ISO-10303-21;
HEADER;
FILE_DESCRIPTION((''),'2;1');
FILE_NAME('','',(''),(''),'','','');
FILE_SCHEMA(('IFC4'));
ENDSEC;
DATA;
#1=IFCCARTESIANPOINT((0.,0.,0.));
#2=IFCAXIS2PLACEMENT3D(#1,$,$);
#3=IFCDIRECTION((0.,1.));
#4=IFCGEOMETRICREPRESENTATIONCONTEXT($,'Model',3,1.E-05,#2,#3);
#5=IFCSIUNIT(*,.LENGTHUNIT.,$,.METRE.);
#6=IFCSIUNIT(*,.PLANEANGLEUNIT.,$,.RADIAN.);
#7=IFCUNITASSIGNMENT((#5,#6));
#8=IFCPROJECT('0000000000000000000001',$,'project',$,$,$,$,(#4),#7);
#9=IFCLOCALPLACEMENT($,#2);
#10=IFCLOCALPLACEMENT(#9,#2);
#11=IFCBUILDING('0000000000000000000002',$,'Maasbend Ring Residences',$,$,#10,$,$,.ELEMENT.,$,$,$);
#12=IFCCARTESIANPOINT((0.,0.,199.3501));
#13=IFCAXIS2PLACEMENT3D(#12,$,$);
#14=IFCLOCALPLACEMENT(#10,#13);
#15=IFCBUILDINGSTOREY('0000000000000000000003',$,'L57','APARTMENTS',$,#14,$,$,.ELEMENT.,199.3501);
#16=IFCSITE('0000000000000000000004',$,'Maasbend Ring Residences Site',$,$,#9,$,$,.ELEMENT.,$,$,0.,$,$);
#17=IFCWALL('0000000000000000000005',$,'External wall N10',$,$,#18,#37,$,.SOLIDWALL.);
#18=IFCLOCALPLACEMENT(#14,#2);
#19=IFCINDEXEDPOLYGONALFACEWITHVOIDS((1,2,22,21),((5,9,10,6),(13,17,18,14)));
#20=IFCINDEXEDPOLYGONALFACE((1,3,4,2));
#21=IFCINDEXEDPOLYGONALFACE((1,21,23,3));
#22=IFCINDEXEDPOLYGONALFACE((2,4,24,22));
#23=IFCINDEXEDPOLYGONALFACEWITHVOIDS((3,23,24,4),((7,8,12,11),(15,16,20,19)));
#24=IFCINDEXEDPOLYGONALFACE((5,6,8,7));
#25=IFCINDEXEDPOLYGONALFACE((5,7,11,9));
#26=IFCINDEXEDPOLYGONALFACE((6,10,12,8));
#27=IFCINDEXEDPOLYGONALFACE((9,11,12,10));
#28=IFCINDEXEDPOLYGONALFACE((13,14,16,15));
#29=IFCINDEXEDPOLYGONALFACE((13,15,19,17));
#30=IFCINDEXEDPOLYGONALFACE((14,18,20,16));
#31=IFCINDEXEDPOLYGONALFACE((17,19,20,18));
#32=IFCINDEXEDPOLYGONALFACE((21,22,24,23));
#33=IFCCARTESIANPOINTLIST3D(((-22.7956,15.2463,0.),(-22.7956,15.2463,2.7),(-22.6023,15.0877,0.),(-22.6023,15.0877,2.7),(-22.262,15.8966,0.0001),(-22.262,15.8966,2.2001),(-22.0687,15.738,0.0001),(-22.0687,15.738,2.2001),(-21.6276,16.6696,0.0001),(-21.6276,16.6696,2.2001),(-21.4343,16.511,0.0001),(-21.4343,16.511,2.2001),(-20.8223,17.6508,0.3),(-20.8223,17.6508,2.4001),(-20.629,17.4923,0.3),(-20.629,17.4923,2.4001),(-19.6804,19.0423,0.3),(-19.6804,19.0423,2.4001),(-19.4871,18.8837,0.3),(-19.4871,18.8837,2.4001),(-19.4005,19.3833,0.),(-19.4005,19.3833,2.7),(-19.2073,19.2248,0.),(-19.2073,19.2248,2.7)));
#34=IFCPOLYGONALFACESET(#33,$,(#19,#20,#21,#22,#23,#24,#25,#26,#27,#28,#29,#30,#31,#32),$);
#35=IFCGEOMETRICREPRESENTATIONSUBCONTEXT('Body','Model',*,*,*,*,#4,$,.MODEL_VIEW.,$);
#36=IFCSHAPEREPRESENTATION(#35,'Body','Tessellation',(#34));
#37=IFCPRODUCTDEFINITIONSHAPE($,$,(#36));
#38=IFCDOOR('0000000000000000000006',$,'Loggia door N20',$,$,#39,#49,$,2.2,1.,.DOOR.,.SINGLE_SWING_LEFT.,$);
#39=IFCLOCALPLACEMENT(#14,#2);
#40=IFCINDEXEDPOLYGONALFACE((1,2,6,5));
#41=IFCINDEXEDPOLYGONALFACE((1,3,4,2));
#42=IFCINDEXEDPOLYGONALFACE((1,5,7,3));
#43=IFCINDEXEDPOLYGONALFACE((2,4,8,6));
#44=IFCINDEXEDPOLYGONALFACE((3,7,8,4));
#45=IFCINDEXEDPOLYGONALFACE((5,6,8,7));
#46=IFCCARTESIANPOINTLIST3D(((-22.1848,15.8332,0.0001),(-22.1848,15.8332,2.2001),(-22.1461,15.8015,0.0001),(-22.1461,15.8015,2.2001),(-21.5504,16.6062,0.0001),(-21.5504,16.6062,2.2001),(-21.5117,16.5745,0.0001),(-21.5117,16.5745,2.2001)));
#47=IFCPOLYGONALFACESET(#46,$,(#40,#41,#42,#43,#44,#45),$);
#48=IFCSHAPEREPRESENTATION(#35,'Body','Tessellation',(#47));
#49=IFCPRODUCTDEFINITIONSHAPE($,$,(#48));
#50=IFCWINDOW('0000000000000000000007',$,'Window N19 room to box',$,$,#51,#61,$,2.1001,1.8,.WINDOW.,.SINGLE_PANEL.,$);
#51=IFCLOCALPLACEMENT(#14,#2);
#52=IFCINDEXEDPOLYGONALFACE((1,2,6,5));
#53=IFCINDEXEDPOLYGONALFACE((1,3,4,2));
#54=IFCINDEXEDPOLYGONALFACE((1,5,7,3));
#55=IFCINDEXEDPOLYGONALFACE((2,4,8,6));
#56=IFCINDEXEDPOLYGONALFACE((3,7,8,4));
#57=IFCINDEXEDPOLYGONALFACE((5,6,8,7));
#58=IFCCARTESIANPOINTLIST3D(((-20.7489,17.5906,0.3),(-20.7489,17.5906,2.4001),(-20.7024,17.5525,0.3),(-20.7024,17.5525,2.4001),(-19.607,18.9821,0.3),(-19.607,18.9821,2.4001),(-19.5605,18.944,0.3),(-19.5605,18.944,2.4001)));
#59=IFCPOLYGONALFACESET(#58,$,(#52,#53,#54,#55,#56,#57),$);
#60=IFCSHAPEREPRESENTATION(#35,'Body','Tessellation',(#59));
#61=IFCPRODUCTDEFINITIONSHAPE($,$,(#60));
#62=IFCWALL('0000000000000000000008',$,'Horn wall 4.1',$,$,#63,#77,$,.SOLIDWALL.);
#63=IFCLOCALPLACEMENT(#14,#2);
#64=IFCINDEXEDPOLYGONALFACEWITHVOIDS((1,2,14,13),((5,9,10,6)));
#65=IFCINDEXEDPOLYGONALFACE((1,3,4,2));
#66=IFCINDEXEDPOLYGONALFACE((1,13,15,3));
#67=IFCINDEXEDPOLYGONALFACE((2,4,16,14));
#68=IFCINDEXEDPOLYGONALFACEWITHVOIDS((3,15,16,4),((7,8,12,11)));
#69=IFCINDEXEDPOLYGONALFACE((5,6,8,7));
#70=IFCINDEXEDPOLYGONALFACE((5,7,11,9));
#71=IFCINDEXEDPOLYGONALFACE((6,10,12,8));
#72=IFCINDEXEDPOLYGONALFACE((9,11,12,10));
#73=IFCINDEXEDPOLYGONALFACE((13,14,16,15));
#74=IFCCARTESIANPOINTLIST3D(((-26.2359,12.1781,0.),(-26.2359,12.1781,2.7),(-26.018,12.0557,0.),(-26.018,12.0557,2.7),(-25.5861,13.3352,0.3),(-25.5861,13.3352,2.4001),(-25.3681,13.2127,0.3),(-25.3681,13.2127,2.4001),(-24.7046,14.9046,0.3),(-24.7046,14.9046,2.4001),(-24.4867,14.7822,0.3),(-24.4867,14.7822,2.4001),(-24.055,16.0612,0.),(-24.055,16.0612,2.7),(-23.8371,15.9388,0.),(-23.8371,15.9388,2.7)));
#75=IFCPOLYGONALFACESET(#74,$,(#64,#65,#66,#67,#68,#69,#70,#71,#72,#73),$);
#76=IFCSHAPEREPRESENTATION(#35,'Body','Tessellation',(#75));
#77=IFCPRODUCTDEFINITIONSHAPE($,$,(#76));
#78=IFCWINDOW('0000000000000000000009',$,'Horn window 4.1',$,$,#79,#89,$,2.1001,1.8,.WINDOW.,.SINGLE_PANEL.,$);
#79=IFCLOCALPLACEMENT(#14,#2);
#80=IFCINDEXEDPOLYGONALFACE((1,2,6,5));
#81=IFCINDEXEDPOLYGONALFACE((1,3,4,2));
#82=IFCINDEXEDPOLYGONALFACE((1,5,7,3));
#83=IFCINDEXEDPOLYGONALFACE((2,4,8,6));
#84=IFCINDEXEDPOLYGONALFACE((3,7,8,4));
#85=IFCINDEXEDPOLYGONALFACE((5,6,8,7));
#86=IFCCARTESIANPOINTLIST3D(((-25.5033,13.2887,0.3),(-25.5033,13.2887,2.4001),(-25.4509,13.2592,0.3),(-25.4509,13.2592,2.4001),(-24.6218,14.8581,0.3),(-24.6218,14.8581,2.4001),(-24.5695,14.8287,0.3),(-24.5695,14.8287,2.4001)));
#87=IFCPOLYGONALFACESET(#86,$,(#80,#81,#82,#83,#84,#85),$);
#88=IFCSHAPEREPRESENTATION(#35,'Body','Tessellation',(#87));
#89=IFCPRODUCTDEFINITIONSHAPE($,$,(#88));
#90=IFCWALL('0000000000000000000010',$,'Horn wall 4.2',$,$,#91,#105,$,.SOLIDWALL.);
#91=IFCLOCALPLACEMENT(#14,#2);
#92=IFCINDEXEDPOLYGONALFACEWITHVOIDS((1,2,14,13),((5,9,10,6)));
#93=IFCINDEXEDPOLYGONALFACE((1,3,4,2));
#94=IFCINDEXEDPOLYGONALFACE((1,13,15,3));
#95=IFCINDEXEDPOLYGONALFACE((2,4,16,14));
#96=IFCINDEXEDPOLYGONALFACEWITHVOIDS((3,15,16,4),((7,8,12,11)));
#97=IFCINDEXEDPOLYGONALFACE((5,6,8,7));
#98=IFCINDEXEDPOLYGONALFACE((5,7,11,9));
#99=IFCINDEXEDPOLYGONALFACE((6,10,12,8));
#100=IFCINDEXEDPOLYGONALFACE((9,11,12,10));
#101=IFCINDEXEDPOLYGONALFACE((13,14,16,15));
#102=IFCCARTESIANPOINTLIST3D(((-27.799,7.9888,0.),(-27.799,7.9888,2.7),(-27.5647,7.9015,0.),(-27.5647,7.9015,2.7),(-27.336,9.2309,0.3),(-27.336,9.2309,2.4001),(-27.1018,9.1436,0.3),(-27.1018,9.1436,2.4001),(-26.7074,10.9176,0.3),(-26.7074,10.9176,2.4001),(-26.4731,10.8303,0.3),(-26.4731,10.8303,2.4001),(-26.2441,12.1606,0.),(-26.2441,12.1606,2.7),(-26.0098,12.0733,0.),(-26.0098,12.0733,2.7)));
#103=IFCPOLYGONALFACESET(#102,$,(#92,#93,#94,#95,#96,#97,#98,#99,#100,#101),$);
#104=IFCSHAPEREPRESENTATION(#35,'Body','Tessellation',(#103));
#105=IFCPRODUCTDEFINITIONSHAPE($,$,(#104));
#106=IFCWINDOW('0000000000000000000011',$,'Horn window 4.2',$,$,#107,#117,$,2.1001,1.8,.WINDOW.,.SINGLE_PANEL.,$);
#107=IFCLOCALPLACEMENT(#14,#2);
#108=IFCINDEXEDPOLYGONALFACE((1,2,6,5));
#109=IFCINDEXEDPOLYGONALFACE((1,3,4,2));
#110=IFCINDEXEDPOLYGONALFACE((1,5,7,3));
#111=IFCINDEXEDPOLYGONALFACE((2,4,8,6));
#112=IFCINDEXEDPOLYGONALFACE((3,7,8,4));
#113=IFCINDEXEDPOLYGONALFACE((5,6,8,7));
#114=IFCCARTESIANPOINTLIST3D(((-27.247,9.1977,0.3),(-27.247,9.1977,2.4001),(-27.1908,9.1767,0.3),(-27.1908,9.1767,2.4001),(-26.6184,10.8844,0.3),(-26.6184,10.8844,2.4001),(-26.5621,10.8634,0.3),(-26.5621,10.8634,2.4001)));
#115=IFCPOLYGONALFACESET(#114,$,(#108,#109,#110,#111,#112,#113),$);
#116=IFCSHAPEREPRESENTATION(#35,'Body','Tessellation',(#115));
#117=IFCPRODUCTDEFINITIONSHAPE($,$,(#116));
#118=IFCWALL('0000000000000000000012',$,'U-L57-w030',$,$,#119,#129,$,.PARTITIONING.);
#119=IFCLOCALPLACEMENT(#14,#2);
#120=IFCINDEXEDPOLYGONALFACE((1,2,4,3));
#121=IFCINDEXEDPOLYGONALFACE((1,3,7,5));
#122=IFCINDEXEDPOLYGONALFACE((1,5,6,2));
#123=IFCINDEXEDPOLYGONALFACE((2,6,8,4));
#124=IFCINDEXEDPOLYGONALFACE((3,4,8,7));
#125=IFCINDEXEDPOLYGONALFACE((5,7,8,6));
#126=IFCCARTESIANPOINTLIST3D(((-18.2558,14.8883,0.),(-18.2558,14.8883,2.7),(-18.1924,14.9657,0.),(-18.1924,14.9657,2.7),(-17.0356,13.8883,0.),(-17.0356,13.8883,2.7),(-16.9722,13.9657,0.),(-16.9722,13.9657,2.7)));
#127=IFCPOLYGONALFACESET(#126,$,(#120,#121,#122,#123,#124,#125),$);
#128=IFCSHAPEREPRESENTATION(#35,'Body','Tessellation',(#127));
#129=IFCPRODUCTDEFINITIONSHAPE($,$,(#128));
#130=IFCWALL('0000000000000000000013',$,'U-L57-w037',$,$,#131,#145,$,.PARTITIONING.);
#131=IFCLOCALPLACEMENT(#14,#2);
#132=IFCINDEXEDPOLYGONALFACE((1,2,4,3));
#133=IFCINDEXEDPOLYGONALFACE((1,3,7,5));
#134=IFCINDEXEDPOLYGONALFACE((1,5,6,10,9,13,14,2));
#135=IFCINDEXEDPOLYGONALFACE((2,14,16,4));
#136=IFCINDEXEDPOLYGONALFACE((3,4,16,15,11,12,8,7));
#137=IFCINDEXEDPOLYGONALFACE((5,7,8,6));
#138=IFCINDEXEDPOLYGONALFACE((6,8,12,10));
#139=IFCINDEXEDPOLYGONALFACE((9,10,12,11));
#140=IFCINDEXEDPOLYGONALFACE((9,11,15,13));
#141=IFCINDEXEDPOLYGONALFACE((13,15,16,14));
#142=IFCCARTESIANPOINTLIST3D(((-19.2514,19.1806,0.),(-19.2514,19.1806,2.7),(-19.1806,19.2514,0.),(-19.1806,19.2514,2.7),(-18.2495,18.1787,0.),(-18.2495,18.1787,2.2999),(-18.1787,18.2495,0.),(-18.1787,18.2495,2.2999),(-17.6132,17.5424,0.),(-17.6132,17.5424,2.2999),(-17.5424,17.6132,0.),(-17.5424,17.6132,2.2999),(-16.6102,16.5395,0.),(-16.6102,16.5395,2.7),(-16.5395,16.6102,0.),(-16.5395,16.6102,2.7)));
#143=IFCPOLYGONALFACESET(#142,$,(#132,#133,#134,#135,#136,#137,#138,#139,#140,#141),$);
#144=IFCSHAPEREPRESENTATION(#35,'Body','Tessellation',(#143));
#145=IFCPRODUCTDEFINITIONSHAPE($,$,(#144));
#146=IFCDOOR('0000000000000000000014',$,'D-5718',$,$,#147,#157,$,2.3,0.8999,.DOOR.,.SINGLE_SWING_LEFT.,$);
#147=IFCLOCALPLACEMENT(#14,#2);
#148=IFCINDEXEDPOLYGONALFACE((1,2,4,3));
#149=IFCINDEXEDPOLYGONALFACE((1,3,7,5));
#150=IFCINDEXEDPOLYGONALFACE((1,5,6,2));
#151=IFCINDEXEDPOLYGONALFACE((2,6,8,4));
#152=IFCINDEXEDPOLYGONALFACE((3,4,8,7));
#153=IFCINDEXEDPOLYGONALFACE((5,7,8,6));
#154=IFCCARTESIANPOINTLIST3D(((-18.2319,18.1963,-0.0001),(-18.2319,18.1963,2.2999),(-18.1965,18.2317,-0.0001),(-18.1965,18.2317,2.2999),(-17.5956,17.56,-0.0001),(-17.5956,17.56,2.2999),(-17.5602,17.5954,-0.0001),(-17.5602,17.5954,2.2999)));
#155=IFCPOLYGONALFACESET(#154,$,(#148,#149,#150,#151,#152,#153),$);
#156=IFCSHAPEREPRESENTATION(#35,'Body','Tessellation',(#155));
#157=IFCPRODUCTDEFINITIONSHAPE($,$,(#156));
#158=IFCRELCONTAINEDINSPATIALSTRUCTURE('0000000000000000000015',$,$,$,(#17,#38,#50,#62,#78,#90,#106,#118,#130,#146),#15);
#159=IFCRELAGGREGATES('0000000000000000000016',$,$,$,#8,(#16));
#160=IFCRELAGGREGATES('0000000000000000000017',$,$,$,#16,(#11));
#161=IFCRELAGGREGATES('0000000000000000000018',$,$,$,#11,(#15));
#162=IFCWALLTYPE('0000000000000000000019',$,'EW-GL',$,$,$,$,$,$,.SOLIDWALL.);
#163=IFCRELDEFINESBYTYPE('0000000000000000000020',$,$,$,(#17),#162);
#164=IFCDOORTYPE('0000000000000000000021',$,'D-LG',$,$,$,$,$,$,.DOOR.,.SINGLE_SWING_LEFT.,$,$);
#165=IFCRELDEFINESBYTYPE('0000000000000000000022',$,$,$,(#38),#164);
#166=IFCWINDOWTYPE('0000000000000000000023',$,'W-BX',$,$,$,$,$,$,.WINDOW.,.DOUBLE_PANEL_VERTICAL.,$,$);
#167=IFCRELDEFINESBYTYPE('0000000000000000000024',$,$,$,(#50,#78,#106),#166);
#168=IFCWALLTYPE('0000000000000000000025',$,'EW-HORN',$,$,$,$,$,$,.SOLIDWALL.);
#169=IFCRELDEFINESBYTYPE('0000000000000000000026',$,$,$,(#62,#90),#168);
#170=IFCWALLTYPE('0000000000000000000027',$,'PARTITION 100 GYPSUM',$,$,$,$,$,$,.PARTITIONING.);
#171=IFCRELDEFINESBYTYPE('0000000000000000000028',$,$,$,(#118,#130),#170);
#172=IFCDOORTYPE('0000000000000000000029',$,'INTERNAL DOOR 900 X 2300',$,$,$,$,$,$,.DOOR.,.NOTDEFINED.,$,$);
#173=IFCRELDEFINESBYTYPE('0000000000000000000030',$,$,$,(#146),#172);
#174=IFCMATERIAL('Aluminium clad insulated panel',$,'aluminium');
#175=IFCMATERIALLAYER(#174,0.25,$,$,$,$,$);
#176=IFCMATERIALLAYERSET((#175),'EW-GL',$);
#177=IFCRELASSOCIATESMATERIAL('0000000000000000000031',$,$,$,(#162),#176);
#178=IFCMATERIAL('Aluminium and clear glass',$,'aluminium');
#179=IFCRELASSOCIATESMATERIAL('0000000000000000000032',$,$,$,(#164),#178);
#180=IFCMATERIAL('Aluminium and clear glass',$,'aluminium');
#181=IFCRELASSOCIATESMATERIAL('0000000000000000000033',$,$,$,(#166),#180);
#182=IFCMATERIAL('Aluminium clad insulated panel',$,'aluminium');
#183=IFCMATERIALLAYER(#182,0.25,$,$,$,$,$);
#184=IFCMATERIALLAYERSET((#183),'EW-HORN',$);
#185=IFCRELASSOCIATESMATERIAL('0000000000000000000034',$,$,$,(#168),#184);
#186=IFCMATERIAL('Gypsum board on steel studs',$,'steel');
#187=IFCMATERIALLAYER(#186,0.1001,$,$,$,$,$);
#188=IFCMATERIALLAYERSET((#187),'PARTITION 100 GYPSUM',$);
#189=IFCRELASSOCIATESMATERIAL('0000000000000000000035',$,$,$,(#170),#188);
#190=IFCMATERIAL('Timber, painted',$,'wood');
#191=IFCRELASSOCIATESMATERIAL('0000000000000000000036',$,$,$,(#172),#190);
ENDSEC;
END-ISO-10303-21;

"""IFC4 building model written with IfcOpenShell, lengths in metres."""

from ifc_helpers import new_model, si_unit, direction, frame, frame_2d, origin, place, context, subcontext, project, spatial, rectangle, extrude, material, layer, layer_set, type_object, element, fill, save


model = new_model("IFC4")

# Units and contexts
model_context = context("Model", 3, precision=1e-05, world=origin(), true_north=direction((0.0, 1.0)))
body_context = subcontext(model_context, "Body", "Model", "MODEL_VIEW")
ifc_project = project(units=[si_unit("LENGTHUNIT", "METRE"), si_unit("PLANEANGLEUNIT", "RADIAN")], contexts=[model_context])

# Site, building, storey
site_placement = place(None, origin())
site = spatial("IfcSite", under=ifc_project, at=site_placement, Name="Maasbend Ring Residences Site", CompositionType="ELEMENT", RefElevation=0.0)
building_placement = place(site_placement, origin())
building = spatial("IfcBuilding", under=site, at=building_placement, Name="Maasbend Ring Residences", CompositionType="ELEMENT")
storey_placement = place(building_placement, frame((0.0, 0.0, 199.3501)))
storey = spatial("IfcBuildingStorey", under=building, at=storey_placement, Name="L57", Description="APARTMENTS", CompositionType="ELEMENT", Elevation=199.3501)

# Wall, openings, door, window
ifc_material_1 = material(Name="Aluminium clad insulated panel", Category="aluminium")
ifc_layer_1 = layer(ifc_material_1, 0.25)
ifc_layer_set_1 = layer_set([ifc_layer_1], Name="EW-GL")
wall_type_1 = type_object("IfcWallType", Name="EW-GL", PredefinedType="SOLIDWALL", material=ifc_layer_set_1)
wall_1_placement = place(storey_placement, frame((-19.304, 19.304, 0.0), z_axis=(0.0, 0.0, 1.0), x_axis=(-0.634382, -0.773019, 0.0)))
wall_1 = element("IfcWall", 1, at=wall_1_placement, inside=storey, type_object=wall_type_1, Name="External wall N10", PredefinedType="SOLIDWALL", context=body_context, shape_type="SweptSolid", body=[
    extrude(rectangle(XDim=5.3518, YDim=0.25, at=frame_2d((2.6758, 0.0))), origin(), (0.0, 0.0, 1.0), 2.7),
])
opening_1_placement = place(wall_1_placement, frame((0.4412, 0.0, 0.3)))
opening_1 = element("IfcOpeningElement", 2, at=opening_1_placement, cuts=wall_1, PredefinedType="OPENING", context=body_context, shape_type="SweptSolid", body=[
    extrude(rectangle(XDim=1.8, YDim=2.1001, at=frame_2d((0.8999, 1.05))), frame((0.0, 0.135, 0.0), z_axis=(0.0, -1.0, 0.0), x_axis=(1.0, 0.0, 0.0)), (0.0, 0.0, 1.0), 0.27),
])
opening_2_placement = place(wall_1_placement, frame((3.5105, 0.0, 0.0)))
opening_2 = element("IfcOpeningElement", 3, at=opening_2_placement, cuts=wall_1, PredefinedType="OPENING", context=body_context, shape_type="SweptSolid", body=[
    extrude(rectangle(XDim=1.0, YDim=2.2, at=frame_2d((0.5, 1.1001))), frame((0.0, 0.135, 0.0), z_axis=(0.0, -1.0, 0.0), x_axis=(1.0, 0.0, 0.0)), (0.0, 0.0, 1.0), 0.27),
])
ifc_material_2 = material(Name="Aluminium and clear glass", Category="aluminium")
door_type_1 = type_object("IfcDoorType", Name="D-LG", OperationType="SINGLE_SWING_LEFT", PredefinedType="DOOR", material=ifc_material_2)
door_1_placement = place(opening_2_placement, origin())
door_1 = element("IfcDoor", 4, at=door_1_placement, inside=storey, type_object=door_type_1, Name="Loggia door N20", OperationType="SINGLE_SWING_LEFT", OverallHeight=2.2, OverallWidth=1.0, PredefinedType="DOOR", context=body_context, shape_type="SweptSolid", body=[
    extrude(rectangle(XDim=1.0, YDim=2.2, at=frame_2d((0.5, 1.1001))), frame((0.0, 0.0249, 0.0), z_axis=(0.0, -1.0, 0.0), x_axis=(1.0, 0.0, 0.0)), (0.0, 0.0, 1.0), 0.05),
])
fill(opening_2, door_1)
ifc_material_3 = material(Name="Aluminium and clear glass", Category="aluminium")
window_type = type_object("IfcWindowType", Name="W-BX", PartitioningType="DOUBLE_PANEL_VERTICAL", PredefinedType="WINDOW", material=ifc_material_3)
window_1_placement = place(opening_1_placement, origin())
window_1 = element("IfcWindow", 5, at=window_1_placement, inside=storey, type_object=window_type, Name="Window N19 room to box", OverallHeight=2.1001, OverallWidth=1.8, PartitioningType="SINGLE_PANEL", PredefinedType="WINDOW", context=body_context, shape_type="SweptSolid", body=[
    extrude(rectangle(XDim=1.8, YDim=2.1001, at=frame_2d((0.8999, 1.05))), frame((0.0, 0.03, 0.0), z_axis=(0.0, -1.0, 0.0), x_axis=(1.0, 0.0, 0.0)), (0.0, 0.0, 1.0), 0.0601),
])
fill(opening_1, window_1)

# Walls, openings, windows
ifc_material_4 = material(Name="Aluminium clad insulated panel", Category="aluminium")
ifc_layer_2 = layer(ifc_material_4, 0.25)
ifc_layer_set_2 = layer_set([ifc_layer_2], Name="EW-HORN")
wall_type_2 = type_object("IfcWallType", Name="EW-HORN", PredefinedType="SOLIDWALL", material=ifc_layer_set_2)
wall_2_placement = place(storey_placement, frame((-23.946, 16.0, 0.0), z_axis=(0.0, 0.0, 1.0), x_axis=(-0.489696, -0.871893, 0.0)))
wall_2 = element("IfcWall", 6, at=wall_2_placement, inside=storey, type_object=wall_type_2, Name="Horn wall 4.1", PredefinedType="SOLIDWALL", context=body_context, shape_type="SweptSolid", body=[
    extrude(rectangle(XDim=4.4536, YDim=0.25, at=frame_2d((2.2268, 0.0))), origin(), (0.0, 0.0, 1.0), 2.7),
])
opening_3_placement = place(wall_2_placement, frame((1.3267, 0.0, 0.3)))
opening_3 = element("IfcOpeningElement", 7, at=opening_3_placement, cuts=wall_2, PredefinedType="OPENING", context=body_context, shape_type="SweptSolid", body=[
    extrude(rectangle(XDim=1.8, YDim=2.1001, at=frame_2d((0.8999, 1.05))), frame((0.0, 0.135, 0.0), z_axis=(0.0, -1.0, 0.0), x_axis=(1.0, 0.0, 0.0)), (0.0, 0.0, 1.0), 0.27),
])
window_2_placement = place(opening_3_placement, origin())
window_2 = element("IfcWindow", 8, at=window_2_placement, inside=storey, type_object=window_type, Name="Horn window 4.1", OverallHeight=2.1001, OverallWidth=1.8, PartitioningType="SINGLE_PANEL", PredefinedType="WINDOW", context=body_context, shape_type="SweptSolid", body=[
    extrude(rectangle(XDim=1.8, YDim=2.1001, at=frame_2d((0.8999, 1.05))), frame((0.0, 0.03, 0.0), z_axis=(0.0, -1.0, 0.0), x_axis=(1.0, 0.0, 0.0)), (0.0, 0.0, 1.0), 0.0601),
])
fill(opening_3, window_2)
wall_3_placement = place(storey_placement, frame((-26.127, 12.1169, 0.0), z_axis=(0.0, 0.0, 1.0), x_axis=(-0.349248, -0.93703, 0.0)))
wall_3 = element("IfcWall", 9, at=wall_3_placement, inside=storey, type_object=wall_type_2, Name="Horn wall 4.2", PredefinedType="SOLIDWALL", context=body_context, shape_type="SweptSolid", body=[
    extrude(rectangle(XDim=4.4521, YDim=0.25, at=frame_2d((2.2261, 0.0))), origin(), (0.0, 0.0, 1.0), 2.7),
])
opening_4_placement = place(wall_3_placement, frame((1.3267, 0.0, 0.3)))
opening_4 = element("IfcOpeningElement", 10, at=opening_4_placement, cuts=wall_3, PredefinedType="OPENING", context=body_context, shape_type="SweptSolid", body=[
    extrude(rectangle(XDim=1.8, YDim=2.1001, at=frame_2d((0.8999, 1.05))), frame((0.0, 0.135, 0.0), z_axis=(0.0, -1.0, 0.0), x_axis=(1.0, 0.0, 0.0)), (0.0, 0.0, 1.0), 0.27),
])
window_3_placement = place(opening_4_placement, origin())
window_3 = element("IfcWindow", 11, at=window_3_placement, inside=storey, type_object=window_type, Name="Horn window 4.2", OverallHeight=2.1001, OverallWidth=1.8, PartitioningType="SINGLE_PANEL", PredefinedType="WINDOW", context=body_context, shape_type="SweptSolid", body=[
    extrude(rectangle(XDim=1.8, YDim=2.1001, at=frame_2d((0.8999, 1.05))), frame((0.0, 0.03, 0.0), z_axis=(0.0, -1.0, 0.0), x_axis=(1.0, 0.0, 0.0)), (0.0, 0.0, 1.0), 0.0601),
])
fill(opening_4, window_3)

# Wall
ifc_material_5 = material(Name="Gypsum board on steel studs", Category="steel")
ifc_layer_3 = layer(ifc_material_5, 0.1001)
ifc_layer_set_3 = layer_set([ifc_layer_3], Name="PARTITION 100 GYPSUM")
wall_type_3 = type_object("IfcWallType", Name="PARTITION 100 GYPSUM", PredefinedType="PARTITIONING", material=ifc_layer_set_3)
wall_4_placement = place(storey_placement, frame((-18.2241, 14.927, 0.0), z_axis=(0.0, 0.0, 1.0), x_axis=(0.773447, -0.633861, 0.0)))
element("IfcWall", 12, at=wall_4_placement, inside=storey, type_object=wall_type_3, Name="U-L57-w030", PredefinedType="PARTITIONING", context=body_context, shape_type="SweptSolid", body=[
    extrude(rectangle(XDim=1.5776, YDim=0.1001, at=frame_2d((0.7888, 0.0))), origin(), (0.0, 0.0, 1.0), 2.7),
])

# Wall, opening, door
wall_5_placement = place(storey_placement, frame((-19.2161, 19.2161, 0.0), z_axis=(0.0, 0.0, 1.0), x_axis=(0.707107, -0.707107, 0.0)))
wall_5 = element("IfcWall", 13, at=wall_5_placement, inside=storey, type_object=wall_type_3, Name="U-L57-w037", PredefinedType="PARTITIONING", context=body_context, shape_type="SweptSolid", body=[
    extrude(rectangle(XDim=3.7351, YDim=0.1001, at=frame_2d((1.8677, 0.0))), origin(), (0.0, 0.0, 1.0), 2.7),
])
opening_5_placement = place(wall_5_placement, frame((1.417, 0.0, 0.0)))
opening_5 = element("IfcOpeningElement", 14, at=opening_5_placement, cuts=wall_5, PredefinedType="OPENING", context=body_context, shape_type="SweptSolid", body=[
    extrude(rectangle(XDim=0.8999, YDim=2.3, at=frame_2d((0.45, 1.1499))), frame((0.0, 0.0601, 0.0), z_axis=(0.0, -1.0, 0.0), x_axis=(1.0, 0.0, 0.0)), (0.0, 0.0, 1.0), 0.1201),
])
ifc_material_6 = material(Name="Timber, painted", Category="wood")
door_type_2 = type_object("IfcDoorType", Name="INTERNAL DOOR 900 X 2300", OperationType="NOTDEFINED", PredefinedType="DOOR", material=ifc_material_6)
door_2_placement = place(opening_5_placement, origin())
door_2 = element("IfcDoor", 15, at=door_2_placement, inside=storey, type_object=door_type_2, Name="D-5718", OperationType="SINGLE_SWING_LEFT", OverallHeight=2.3, OverallWidth=0.8999, PredefinedType="DOOR", context=body_context, shape_type="SweptSolid", body=[
    extrude(rectangle(XDim=0.8999, YDim=2.3, at=frame_2d((0.45, 1.1499))), frame((0.0, 0.0249, 0.0), z_axis=(0.0, -1.0, 0.0), x_axis=(1.0, 0.0, 0.0)), (0.0, 0.0, 1.0), 0.05),
])
fill(opening_5, door_2)

save(model, "model.ifc")
